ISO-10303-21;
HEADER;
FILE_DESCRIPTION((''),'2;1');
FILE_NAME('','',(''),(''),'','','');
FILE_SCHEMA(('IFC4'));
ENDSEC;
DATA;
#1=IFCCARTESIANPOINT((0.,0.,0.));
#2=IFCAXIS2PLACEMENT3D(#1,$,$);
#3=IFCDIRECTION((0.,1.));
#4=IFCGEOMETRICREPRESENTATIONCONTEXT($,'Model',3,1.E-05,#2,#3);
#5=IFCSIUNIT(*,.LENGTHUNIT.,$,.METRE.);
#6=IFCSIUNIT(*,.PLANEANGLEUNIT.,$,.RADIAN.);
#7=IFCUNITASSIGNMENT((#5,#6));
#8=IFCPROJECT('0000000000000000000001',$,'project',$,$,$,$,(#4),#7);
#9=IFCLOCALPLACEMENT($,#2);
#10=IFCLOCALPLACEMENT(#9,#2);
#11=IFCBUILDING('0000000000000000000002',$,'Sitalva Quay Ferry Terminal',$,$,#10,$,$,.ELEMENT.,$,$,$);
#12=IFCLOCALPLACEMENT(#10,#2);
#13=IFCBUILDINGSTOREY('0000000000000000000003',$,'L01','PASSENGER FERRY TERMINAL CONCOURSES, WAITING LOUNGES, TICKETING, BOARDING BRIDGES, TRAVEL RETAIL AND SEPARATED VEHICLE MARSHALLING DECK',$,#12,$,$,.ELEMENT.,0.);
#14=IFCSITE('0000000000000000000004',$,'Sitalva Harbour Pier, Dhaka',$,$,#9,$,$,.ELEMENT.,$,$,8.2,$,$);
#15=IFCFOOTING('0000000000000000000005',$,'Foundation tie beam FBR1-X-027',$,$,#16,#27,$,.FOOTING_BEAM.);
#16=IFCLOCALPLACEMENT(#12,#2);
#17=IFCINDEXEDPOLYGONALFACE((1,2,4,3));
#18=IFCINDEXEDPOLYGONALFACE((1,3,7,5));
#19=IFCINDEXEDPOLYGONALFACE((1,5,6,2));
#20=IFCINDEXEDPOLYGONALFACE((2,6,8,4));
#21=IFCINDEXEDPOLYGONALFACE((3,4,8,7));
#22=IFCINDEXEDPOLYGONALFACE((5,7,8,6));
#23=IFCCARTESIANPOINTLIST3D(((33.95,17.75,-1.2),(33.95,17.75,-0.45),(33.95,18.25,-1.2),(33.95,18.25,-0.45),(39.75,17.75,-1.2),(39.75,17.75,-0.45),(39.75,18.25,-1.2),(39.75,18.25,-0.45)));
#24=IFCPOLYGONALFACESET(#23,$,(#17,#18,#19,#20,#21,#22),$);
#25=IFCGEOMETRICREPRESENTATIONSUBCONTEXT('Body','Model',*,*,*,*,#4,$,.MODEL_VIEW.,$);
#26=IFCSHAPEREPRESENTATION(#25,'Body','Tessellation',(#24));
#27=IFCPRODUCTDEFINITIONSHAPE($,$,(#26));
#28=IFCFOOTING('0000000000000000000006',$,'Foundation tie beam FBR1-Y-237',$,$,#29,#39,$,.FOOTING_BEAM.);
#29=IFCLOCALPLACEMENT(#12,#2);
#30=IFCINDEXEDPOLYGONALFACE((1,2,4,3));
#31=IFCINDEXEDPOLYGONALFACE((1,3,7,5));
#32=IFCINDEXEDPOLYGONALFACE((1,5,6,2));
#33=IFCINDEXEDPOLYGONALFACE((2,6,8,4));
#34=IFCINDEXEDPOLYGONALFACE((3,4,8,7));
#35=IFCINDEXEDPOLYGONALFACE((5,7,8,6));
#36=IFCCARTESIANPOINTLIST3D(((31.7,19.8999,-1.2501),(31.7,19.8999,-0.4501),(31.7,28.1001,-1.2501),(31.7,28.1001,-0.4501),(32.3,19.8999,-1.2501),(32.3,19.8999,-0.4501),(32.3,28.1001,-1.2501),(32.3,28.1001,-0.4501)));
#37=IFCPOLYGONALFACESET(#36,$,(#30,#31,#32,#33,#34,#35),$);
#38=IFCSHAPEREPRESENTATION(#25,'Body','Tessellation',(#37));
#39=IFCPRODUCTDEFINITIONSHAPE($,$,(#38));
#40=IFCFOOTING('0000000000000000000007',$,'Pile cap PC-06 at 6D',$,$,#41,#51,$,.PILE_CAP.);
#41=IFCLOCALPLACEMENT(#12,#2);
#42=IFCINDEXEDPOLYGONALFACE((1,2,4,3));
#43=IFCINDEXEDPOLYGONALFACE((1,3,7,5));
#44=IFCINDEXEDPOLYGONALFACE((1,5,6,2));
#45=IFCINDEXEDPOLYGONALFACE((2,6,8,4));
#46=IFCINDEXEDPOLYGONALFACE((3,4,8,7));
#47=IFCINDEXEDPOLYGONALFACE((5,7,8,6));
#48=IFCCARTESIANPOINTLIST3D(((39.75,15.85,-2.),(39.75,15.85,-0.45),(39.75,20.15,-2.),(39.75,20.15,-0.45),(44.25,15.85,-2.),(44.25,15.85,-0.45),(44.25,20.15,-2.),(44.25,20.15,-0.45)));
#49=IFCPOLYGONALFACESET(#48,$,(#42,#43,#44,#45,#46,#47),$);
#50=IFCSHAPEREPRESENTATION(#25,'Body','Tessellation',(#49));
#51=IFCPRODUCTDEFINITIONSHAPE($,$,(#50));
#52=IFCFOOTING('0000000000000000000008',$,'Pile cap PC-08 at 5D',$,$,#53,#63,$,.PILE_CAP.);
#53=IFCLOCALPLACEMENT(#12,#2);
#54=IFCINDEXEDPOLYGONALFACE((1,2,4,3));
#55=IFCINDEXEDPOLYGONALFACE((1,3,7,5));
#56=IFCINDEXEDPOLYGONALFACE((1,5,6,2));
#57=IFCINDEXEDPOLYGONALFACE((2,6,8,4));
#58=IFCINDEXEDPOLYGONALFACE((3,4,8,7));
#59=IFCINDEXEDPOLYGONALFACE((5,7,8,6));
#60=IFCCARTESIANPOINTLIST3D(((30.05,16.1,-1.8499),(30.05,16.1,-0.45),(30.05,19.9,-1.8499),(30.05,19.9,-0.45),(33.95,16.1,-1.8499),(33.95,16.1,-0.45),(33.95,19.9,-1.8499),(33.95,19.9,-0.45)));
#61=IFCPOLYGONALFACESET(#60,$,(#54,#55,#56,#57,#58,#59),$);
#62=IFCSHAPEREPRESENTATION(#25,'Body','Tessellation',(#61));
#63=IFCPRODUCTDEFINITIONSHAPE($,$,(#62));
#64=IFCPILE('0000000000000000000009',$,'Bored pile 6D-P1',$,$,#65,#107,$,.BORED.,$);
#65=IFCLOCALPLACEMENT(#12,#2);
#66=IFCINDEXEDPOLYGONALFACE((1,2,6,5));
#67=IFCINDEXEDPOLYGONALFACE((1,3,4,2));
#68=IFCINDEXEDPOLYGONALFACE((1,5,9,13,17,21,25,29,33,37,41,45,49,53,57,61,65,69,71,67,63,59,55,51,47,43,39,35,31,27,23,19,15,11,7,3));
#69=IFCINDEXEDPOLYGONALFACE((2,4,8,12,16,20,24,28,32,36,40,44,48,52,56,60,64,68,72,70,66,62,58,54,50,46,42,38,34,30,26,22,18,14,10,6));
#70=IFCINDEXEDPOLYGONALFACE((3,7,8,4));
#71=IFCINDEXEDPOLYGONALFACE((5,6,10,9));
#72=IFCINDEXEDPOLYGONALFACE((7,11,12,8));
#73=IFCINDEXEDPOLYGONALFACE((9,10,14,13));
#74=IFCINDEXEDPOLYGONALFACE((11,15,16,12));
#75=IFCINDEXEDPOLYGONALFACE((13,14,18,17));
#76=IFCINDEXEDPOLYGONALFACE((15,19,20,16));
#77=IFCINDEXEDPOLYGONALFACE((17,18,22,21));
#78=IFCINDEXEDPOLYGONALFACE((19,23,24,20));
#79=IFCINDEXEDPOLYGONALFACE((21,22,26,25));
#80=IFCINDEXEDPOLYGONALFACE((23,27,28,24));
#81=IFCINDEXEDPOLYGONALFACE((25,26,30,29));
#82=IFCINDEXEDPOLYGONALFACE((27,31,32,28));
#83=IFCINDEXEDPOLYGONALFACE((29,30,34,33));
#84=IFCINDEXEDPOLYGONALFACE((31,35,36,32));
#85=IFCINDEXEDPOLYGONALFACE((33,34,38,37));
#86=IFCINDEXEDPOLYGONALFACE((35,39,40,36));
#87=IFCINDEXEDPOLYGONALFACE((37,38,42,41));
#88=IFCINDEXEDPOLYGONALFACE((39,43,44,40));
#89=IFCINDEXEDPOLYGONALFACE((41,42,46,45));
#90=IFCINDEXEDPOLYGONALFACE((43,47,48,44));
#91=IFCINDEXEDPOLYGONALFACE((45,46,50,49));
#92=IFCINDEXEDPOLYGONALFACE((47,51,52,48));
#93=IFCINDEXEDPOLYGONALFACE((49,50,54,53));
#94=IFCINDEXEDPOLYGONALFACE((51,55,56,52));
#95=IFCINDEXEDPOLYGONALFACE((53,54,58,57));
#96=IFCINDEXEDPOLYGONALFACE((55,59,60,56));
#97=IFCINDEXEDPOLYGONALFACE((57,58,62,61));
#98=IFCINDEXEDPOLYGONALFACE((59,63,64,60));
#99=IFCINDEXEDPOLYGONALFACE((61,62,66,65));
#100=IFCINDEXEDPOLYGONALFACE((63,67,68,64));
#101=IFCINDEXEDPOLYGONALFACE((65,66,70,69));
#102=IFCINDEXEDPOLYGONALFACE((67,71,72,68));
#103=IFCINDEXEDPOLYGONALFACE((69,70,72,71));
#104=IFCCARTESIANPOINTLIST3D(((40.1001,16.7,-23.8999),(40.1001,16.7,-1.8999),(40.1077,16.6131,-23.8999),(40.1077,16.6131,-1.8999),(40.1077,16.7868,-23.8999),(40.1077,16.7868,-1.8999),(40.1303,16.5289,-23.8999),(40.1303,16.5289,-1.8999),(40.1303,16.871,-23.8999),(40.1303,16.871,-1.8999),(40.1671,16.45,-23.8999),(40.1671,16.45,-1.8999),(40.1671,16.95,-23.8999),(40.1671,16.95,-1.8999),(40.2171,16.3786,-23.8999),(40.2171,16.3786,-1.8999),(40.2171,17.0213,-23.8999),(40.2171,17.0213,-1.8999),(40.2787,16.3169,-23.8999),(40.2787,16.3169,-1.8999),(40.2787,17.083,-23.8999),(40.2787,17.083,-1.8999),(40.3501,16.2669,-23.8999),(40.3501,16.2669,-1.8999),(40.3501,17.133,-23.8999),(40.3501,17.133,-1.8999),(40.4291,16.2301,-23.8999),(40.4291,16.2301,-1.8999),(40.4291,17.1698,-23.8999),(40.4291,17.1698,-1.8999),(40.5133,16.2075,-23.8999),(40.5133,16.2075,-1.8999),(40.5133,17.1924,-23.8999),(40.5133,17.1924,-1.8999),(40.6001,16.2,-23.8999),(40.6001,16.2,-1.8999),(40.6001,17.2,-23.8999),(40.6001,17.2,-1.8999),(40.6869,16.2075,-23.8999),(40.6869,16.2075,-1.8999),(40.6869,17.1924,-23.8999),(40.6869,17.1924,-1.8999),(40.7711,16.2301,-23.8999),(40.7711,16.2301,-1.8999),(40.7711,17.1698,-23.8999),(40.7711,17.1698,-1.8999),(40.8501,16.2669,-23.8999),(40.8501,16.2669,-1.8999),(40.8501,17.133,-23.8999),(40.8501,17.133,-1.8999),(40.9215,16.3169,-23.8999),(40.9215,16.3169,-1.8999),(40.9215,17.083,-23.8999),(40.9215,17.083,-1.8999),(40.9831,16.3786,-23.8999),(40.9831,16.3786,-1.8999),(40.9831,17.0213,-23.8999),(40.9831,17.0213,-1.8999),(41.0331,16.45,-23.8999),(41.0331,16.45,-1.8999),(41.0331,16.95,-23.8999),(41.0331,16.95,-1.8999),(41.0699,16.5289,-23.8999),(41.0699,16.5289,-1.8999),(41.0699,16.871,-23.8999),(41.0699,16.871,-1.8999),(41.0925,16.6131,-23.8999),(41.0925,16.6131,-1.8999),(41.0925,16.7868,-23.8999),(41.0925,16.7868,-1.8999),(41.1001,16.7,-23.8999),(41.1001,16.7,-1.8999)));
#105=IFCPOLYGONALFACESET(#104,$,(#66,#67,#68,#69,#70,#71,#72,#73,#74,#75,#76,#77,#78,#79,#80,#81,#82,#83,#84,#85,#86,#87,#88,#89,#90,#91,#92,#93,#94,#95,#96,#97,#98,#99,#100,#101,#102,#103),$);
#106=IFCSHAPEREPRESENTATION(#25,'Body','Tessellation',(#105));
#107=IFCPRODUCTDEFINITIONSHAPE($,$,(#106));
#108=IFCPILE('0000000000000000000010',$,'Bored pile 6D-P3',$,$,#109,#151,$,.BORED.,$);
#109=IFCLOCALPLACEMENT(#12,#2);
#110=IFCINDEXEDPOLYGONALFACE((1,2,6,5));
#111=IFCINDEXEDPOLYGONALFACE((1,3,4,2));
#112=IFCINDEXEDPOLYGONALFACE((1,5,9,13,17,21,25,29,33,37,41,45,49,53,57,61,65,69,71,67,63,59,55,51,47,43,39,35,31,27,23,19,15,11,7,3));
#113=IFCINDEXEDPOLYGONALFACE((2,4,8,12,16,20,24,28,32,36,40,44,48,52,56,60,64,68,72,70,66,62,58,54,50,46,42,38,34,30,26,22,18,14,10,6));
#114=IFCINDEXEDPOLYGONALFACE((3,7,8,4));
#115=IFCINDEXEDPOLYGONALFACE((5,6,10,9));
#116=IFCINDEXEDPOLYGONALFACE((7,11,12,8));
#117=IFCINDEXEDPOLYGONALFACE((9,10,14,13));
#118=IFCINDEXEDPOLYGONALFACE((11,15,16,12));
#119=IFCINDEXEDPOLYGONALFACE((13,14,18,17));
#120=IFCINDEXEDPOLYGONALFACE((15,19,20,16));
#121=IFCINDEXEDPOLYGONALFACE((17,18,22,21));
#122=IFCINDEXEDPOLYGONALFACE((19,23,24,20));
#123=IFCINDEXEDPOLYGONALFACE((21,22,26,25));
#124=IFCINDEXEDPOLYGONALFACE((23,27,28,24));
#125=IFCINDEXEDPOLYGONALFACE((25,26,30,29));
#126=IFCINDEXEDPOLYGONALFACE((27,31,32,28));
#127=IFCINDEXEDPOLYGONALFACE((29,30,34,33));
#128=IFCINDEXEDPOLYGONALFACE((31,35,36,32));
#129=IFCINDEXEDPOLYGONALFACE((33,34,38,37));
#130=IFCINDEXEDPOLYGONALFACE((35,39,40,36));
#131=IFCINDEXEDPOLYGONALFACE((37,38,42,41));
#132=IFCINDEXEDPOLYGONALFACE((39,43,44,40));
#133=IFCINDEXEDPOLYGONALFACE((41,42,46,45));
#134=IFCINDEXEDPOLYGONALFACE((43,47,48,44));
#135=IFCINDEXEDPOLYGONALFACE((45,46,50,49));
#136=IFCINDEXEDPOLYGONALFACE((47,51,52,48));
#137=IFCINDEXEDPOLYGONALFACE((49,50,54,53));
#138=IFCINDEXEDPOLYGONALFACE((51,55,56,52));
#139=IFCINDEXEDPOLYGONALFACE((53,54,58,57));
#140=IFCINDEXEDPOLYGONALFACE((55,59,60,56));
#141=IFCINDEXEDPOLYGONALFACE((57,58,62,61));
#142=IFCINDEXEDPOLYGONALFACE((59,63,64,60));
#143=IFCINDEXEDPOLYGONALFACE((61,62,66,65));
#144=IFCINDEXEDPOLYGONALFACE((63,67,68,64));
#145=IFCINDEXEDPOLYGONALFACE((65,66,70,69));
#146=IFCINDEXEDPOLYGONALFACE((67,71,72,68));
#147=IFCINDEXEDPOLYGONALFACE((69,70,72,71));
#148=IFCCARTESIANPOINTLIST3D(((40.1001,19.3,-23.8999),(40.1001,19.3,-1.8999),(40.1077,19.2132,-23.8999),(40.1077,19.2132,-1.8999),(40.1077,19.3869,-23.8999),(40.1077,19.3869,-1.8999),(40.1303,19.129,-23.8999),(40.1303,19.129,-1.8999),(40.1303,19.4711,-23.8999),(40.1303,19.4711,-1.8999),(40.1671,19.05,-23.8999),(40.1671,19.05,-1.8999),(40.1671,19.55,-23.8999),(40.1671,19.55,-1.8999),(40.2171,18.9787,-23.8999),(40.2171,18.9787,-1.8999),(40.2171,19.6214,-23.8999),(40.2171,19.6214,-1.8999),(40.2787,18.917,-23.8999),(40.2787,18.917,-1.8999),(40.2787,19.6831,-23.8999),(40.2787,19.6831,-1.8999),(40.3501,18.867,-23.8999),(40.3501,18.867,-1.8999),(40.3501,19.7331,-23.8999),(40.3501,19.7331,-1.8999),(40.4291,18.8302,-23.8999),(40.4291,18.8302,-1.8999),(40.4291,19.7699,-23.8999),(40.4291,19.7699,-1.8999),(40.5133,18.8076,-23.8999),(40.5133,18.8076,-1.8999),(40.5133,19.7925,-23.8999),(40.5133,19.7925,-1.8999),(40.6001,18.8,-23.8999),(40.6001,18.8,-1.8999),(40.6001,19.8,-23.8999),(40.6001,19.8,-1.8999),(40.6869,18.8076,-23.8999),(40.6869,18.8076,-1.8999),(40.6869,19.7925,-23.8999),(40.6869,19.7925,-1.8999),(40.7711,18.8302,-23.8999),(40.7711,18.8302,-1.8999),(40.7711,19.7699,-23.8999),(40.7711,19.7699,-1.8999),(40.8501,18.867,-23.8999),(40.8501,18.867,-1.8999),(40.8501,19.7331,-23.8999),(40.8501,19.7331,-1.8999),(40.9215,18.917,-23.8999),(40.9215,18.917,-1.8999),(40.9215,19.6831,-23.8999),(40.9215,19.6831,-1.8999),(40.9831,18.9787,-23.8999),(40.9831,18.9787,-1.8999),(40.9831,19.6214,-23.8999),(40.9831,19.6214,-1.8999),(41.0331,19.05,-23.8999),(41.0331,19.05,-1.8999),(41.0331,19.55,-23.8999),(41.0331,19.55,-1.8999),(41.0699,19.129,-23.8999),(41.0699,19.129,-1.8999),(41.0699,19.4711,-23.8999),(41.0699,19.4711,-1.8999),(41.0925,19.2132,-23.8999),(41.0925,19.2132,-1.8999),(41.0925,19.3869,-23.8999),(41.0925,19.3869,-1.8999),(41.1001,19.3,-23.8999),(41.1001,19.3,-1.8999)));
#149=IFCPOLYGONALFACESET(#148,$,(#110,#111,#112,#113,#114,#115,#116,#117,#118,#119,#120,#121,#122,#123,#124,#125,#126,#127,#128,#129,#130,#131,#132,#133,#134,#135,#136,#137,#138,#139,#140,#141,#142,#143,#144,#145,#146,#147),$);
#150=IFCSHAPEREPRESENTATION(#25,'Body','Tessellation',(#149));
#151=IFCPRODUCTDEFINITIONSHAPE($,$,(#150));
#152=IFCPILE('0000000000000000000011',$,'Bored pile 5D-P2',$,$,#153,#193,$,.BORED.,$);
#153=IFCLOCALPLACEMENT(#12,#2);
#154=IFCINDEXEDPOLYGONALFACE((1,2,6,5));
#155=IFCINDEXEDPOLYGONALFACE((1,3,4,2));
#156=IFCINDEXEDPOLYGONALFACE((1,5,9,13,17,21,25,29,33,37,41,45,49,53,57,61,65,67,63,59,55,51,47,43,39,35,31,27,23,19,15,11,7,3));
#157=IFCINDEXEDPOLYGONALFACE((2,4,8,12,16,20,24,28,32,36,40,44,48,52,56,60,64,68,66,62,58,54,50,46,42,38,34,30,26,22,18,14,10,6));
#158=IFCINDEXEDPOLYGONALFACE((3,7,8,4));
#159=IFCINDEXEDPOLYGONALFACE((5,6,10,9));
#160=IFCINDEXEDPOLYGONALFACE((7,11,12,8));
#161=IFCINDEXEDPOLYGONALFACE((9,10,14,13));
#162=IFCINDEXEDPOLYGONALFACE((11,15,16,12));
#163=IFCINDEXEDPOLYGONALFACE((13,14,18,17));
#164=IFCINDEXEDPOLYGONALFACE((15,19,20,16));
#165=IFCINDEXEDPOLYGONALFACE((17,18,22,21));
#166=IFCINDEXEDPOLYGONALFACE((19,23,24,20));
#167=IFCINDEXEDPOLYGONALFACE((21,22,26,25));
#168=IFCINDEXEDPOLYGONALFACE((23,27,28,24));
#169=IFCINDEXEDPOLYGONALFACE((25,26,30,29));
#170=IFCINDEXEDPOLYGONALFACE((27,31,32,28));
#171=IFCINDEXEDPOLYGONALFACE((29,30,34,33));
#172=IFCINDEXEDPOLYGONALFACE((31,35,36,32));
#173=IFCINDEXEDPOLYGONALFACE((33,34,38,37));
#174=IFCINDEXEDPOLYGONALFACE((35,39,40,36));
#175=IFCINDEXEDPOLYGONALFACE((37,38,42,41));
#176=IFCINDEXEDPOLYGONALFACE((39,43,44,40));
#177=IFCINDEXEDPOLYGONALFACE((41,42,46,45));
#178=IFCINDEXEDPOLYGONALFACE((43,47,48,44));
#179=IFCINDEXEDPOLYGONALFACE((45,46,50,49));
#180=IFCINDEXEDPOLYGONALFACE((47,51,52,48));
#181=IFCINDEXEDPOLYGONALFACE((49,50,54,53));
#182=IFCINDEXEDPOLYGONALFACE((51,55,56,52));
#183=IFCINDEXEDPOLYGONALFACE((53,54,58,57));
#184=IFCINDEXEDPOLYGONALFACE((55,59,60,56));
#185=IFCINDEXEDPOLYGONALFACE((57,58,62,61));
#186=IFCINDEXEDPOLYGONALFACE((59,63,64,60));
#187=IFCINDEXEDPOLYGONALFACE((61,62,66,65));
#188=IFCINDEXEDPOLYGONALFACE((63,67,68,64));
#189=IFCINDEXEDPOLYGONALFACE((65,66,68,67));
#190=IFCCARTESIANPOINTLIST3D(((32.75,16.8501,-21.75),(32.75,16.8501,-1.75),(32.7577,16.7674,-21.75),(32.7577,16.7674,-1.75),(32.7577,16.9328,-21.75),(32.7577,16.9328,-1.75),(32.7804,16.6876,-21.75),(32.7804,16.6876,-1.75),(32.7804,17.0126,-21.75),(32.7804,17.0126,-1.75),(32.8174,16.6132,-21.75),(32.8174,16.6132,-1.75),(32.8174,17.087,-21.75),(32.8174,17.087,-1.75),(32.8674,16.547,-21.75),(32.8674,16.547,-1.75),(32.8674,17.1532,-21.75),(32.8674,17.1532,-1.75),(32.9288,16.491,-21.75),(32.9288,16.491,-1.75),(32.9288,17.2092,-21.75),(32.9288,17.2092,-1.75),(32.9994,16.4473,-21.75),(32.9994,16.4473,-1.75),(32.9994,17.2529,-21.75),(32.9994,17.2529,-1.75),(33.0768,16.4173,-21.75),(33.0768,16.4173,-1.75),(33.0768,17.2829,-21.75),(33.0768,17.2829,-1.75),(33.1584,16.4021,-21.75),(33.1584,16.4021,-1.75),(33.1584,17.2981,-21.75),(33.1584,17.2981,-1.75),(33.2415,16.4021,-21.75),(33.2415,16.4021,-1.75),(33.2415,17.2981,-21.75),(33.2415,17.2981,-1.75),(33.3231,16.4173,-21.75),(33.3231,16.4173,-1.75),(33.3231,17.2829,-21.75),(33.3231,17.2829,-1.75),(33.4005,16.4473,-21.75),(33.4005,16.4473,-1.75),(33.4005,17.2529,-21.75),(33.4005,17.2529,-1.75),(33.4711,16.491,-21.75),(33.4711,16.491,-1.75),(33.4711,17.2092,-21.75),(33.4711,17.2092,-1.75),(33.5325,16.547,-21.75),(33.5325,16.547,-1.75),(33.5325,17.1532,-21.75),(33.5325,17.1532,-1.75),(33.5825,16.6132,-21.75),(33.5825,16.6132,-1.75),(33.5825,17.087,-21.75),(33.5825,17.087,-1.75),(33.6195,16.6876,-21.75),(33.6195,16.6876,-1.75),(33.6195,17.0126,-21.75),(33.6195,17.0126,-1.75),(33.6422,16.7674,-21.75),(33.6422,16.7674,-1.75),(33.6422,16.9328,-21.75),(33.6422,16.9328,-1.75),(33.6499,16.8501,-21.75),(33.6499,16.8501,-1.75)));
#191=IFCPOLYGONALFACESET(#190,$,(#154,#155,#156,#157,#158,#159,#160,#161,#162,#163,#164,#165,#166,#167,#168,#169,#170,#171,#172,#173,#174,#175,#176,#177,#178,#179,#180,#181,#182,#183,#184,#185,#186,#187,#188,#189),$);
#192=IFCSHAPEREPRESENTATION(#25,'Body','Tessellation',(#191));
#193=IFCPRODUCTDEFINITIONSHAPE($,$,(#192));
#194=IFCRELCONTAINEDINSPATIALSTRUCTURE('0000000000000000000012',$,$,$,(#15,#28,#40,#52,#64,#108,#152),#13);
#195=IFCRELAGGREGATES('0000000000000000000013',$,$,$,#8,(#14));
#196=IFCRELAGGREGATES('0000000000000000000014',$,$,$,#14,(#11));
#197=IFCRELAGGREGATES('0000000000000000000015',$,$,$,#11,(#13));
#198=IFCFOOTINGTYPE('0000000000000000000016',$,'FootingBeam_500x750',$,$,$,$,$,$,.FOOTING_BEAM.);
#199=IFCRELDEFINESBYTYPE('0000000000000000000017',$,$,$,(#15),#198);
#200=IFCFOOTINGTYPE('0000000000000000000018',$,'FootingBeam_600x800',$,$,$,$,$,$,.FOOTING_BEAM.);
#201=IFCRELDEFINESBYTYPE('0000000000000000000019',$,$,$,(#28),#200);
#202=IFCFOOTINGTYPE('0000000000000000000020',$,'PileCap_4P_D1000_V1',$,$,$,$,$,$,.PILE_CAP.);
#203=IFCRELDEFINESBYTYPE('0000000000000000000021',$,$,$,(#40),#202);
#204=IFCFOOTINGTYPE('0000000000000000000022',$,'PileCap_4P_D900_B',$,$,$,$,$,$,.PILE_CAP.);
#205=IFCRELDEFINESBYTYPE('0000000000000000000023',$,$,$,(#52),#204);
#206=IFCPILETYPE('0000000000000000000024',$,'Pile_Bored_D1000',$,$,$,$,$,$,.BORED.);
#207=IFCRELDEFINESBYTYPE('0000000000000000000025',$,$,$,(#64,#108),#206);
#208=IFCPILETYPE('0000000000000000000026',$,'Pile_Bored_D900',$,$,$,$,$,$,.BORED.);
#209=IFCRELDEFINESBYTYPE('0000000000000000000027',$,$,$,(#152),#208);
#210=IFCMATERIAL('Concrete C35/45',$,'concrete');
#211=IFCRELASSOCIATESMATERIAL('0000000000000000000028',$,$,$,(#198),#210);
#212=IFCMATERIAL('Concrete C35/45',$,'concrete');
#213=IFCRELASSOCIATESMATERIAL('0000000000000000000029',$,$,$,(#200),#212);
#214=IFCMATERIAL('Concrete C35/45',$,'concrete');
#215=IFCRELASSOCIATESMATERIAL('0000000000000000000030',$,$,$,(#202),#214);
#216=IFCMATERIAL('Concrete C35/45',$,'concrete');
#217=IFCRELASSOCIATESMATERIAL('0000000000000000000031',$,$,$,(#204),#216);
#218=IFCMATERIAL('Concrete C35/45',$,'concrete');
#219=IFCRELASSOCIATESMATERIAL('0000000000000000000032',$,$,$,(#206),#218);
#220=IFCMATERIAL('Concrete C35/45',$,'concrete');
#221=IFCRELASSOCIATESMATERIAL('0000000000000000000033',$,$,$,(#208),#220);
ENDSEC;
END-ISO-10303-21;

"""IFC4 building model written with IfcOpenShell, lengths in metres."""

from ifc_helpers import new_model, si_unit, direction, frame, origin, origin_2d, place, context, subcontext, project, spatial, rectangle, circle, extrude, material, material_profile, profile_set, type_object, element, save


model = new_model("IFC4")

# Units and contexts
model_context = context("Model", 3, precision=1e-05, world=origin(), true_north=direction((0.0, 1.0)))
body_context = subcontext(model_context, "Body", "Model", "MODEL_VIEW")
ifc_project = project(units=[si_unit("LENGTHUNIT", "METRE"), si_unit("PLANEANGLEUNIT", "RADIAN")], contexts=[model_context])

# Site, building, storey
site_placement = place(None, origin())
site = spatial("IfcSite", under=ifc_project, at=site_placement, Name="Sitalva Harbour Pier, Dhaka", CompositionType="ELEMENT", RefElevation=8.2)
building_placement = place(site_placement, origin())
building = spatial("IfcBuilding", under=site, at=building_placement, Name="Sitalva Quay Ferry Terminal", CompositionType="ELEMENT")
storey_placement = place(building_placement, origin())
storey = spatial("IfcBuildingStorey", under=building, at=storey_placement, Name="L01", Description="PASSENGER FERRY TERMINAL CONCOURSES, WAITING LOUNGES, TICKETING, BOARDING BRIDGES, TRAVEL RETAIL AND SEPARATED VEHICLE MARSHALLING DECK", CompositionType="ELEMENT", Elevation=0.0)

# Footings
ifc_material_1 = material(Name="Concrete C35/45", Category="concrete")
ifc_material_profile_1 = material_profile(ifc_material_1, rectangle(XDim=0.5, YDim=0.75, at=origin_2d()), Name="RC500x750")
ifc_profile_set_1 = profile_set([ifc_material_profile_1], Name="Concrete C35/45")
footing_type_1 = type_object("IfcFootingType", Name="FootingBeam_500x750", PredefinedType="FOOTING_BEAM", material=ifc_profile_set_1)
footing_1_placement = place(storey_placement, frame((33.95, 18.0, -0.825), z_axis=(1.0, 0.0, 0.0), x_axis=(0.0, 1.0, 0.0)))
element("IfcFooting", 1, at=footing_1_placement, inside=storey, type_object=footing_type_1, Name="Foundation tie beam FBR1-X-027", PredefinedType="FOOTING_BEAM", context=body_context, shape_type="SweptSolid", body=[
    extrude(rectangle(XDim=0.5, YDim=0.75, at=origin_2d()), origin(), (0.0, 0.0, 1.0), 5.8),
])
ifc_material_2 = material(Name="Concrete C35/45", Category="concrete")
ifc_material_profile_2 = material_profile(ifc_material_2, rectangle(XDim=0.6001, YDim=0.8, at=origin_2d()), Name="RC600x800")
ifc_profile_set_2 = profile_set([ifc_material_profile_2], Name="Concrete C35/45")
footing_type_2 = type_object("IfcFootingType", Name="FootingBeam_600x800", PredefinedType="FOOTING_BEAM", material=ifc_profile_set_2)
footing_2_placement = place(storey_placement, frame((32.0, 19.8999, -0.8501), z_axis=(0.0, 1.0, 0.0), x_axis=(-1.0, 0.0, 0.0)))
element("IfcFooting", 2, at=footing_2_placement, inside=storey, type_object=footing_type_2, Name="Foundation tie beam FBR1-Y-237", PredefinedType="FOOTING_BEAM", context=body_context, shape_type="SweptSolid", body=[
    extrude(rectangle(XDim=0.6001, YDim=0.8, at=origin_2d()), origin(), (0.0, 0.0, 1.0), 8.2002),
])
ifc_material_3 = material(Name="Concrete C35/45", Category="concrete")
footing_type_3 = type_object("IfcFootingType", Name="PileCap_4P_D1000_V1", PredefinedType="PILE_CAP", material=ifc_material_3)
footing_3_placement = place(storey_placement, frame((42.0, 18.0, -2.0), z_axis=(0.0, 0.0, 1.0), x_axis=(1.0, 0.0, 0.0)))
element("IfcFooting", 3, at=footing_3_placement, inside=storey, type_object=footing_type_3, Name="Pile cap PC-06 at 6D", PredefinedType="PILE_CAP", context=body_context, shape_type="SweptSolid", body=[
    extrude(rectangle(XDim=4.5, YDim=4.3, at=origin_2d()), origin(), (0.0, 0.0, 1.0), 1.55),
])
ifc_material_4 = material(Name="Concrete C35/45", Category="concrete")
footing_type_4 = type_object("IfcFootingType", Name="PileCap_4P_D900_B", PredefinedType="PILE_CAP", material=ifc_material_4)
footing_4_placement = place(storey_placement, frame((32.0, 18.0, -1.8499), z_axis=(0.0, 0.0, 1.0), x_axis=(1.0, 0.0, 0.0)))
element("IfcFooting", 4, at=footing_4_placement, inside=storey, type_object=footing_type_4, Name="Pile cap PC-08 at 5D", PredefinedType="PILE_CAP", context=body_context, shape_type="SweptSolid", body=[
    extrude(rectangle(XDim=3.8999, YDim=3.8, at=origin_2d()), origin(), (0.0, 0.0, 1.0), 1.3999),
])

# Piles
ifc_material_5 = material(Name="Concrete C35/45", Category="concrete")
ifc_material_profile_3 = material_profile(ifc_material_5, circle(Radius=0.5, at=origin_2d()), Name="PILE-D1000")
ifc_profile_set_3 = profile_set([ifc_material_profile_3], Name="Concrete C35/45")
pile_type_1 = type_object("IfcPileType", Name="Pile_Bored_D1000", PredefinedType="BORED", material=ifc_profile_set_3)
for number, where, z_axis, x_axis, name in (
    (5, (40.6001, 16.7, -1.8999), (0.0, 0.0, -1.0), (1.0, 0.0, 0.0), "Bored pile 6D-P1"),
    (6, (40.6001, 19.3, -1.8999), (0.0, 0.0, -1.0), (1.0, 0.0, 0.0), "Bored pile 6D-P3"),
):
    element("IfcPile", number, at=place(storey_placement, frame(where, z_axis=z_axis, x_axis=x_axis)), inside=storey, type_object=pile_type_1, Name=name, PredefinedType="BORED", context=body_context, shape_type="SweptSolid", body=[
        extrude(circle(Radius=0.5, at=origin_2d()), origin(), (0.0, 0.0, 1.0), 22.0),
    ])
ifc_material_6 = material(Name="Concrete C35/45", Category="concrete")
ifc_material_profile_4 = material_profile(ifc_material_6, circle(Radius=0.45, at=origin_2d()), Name="PILE-D900")
ifc_profile_set_4 = profile_set([ifc_material_profile_4], Name="Concrete C35/45")
pile_type_2 = type_object("IfcPileType", Name="Pile_Bored_D900", PredefinedType="BORED", material=ifc_profile_set_4)
for number, where, z_axis, x_axis, name in (
    (7, (33.2, 16.8501, -1.75), (0.0, 0.0, -1.0), (1.0, 0.0, 0.0), "Bored pile 5D-P2"),
):
    element("IfcPile", number, at=place(storey_placement, frame(where, z_axis=z_axis, x_axis=x_axis)), inside=storey, type_object=pile_type_2, Name=name, PredefinedType="BORED", context=body_context, shape_type="SweptSolid", body=[
        extrude(circle(Radius=0.45, at=origin_2d()), origin(), (0.0, 0.0, 1.0), 20.0),
    ])

save(model, "model.ifc")
